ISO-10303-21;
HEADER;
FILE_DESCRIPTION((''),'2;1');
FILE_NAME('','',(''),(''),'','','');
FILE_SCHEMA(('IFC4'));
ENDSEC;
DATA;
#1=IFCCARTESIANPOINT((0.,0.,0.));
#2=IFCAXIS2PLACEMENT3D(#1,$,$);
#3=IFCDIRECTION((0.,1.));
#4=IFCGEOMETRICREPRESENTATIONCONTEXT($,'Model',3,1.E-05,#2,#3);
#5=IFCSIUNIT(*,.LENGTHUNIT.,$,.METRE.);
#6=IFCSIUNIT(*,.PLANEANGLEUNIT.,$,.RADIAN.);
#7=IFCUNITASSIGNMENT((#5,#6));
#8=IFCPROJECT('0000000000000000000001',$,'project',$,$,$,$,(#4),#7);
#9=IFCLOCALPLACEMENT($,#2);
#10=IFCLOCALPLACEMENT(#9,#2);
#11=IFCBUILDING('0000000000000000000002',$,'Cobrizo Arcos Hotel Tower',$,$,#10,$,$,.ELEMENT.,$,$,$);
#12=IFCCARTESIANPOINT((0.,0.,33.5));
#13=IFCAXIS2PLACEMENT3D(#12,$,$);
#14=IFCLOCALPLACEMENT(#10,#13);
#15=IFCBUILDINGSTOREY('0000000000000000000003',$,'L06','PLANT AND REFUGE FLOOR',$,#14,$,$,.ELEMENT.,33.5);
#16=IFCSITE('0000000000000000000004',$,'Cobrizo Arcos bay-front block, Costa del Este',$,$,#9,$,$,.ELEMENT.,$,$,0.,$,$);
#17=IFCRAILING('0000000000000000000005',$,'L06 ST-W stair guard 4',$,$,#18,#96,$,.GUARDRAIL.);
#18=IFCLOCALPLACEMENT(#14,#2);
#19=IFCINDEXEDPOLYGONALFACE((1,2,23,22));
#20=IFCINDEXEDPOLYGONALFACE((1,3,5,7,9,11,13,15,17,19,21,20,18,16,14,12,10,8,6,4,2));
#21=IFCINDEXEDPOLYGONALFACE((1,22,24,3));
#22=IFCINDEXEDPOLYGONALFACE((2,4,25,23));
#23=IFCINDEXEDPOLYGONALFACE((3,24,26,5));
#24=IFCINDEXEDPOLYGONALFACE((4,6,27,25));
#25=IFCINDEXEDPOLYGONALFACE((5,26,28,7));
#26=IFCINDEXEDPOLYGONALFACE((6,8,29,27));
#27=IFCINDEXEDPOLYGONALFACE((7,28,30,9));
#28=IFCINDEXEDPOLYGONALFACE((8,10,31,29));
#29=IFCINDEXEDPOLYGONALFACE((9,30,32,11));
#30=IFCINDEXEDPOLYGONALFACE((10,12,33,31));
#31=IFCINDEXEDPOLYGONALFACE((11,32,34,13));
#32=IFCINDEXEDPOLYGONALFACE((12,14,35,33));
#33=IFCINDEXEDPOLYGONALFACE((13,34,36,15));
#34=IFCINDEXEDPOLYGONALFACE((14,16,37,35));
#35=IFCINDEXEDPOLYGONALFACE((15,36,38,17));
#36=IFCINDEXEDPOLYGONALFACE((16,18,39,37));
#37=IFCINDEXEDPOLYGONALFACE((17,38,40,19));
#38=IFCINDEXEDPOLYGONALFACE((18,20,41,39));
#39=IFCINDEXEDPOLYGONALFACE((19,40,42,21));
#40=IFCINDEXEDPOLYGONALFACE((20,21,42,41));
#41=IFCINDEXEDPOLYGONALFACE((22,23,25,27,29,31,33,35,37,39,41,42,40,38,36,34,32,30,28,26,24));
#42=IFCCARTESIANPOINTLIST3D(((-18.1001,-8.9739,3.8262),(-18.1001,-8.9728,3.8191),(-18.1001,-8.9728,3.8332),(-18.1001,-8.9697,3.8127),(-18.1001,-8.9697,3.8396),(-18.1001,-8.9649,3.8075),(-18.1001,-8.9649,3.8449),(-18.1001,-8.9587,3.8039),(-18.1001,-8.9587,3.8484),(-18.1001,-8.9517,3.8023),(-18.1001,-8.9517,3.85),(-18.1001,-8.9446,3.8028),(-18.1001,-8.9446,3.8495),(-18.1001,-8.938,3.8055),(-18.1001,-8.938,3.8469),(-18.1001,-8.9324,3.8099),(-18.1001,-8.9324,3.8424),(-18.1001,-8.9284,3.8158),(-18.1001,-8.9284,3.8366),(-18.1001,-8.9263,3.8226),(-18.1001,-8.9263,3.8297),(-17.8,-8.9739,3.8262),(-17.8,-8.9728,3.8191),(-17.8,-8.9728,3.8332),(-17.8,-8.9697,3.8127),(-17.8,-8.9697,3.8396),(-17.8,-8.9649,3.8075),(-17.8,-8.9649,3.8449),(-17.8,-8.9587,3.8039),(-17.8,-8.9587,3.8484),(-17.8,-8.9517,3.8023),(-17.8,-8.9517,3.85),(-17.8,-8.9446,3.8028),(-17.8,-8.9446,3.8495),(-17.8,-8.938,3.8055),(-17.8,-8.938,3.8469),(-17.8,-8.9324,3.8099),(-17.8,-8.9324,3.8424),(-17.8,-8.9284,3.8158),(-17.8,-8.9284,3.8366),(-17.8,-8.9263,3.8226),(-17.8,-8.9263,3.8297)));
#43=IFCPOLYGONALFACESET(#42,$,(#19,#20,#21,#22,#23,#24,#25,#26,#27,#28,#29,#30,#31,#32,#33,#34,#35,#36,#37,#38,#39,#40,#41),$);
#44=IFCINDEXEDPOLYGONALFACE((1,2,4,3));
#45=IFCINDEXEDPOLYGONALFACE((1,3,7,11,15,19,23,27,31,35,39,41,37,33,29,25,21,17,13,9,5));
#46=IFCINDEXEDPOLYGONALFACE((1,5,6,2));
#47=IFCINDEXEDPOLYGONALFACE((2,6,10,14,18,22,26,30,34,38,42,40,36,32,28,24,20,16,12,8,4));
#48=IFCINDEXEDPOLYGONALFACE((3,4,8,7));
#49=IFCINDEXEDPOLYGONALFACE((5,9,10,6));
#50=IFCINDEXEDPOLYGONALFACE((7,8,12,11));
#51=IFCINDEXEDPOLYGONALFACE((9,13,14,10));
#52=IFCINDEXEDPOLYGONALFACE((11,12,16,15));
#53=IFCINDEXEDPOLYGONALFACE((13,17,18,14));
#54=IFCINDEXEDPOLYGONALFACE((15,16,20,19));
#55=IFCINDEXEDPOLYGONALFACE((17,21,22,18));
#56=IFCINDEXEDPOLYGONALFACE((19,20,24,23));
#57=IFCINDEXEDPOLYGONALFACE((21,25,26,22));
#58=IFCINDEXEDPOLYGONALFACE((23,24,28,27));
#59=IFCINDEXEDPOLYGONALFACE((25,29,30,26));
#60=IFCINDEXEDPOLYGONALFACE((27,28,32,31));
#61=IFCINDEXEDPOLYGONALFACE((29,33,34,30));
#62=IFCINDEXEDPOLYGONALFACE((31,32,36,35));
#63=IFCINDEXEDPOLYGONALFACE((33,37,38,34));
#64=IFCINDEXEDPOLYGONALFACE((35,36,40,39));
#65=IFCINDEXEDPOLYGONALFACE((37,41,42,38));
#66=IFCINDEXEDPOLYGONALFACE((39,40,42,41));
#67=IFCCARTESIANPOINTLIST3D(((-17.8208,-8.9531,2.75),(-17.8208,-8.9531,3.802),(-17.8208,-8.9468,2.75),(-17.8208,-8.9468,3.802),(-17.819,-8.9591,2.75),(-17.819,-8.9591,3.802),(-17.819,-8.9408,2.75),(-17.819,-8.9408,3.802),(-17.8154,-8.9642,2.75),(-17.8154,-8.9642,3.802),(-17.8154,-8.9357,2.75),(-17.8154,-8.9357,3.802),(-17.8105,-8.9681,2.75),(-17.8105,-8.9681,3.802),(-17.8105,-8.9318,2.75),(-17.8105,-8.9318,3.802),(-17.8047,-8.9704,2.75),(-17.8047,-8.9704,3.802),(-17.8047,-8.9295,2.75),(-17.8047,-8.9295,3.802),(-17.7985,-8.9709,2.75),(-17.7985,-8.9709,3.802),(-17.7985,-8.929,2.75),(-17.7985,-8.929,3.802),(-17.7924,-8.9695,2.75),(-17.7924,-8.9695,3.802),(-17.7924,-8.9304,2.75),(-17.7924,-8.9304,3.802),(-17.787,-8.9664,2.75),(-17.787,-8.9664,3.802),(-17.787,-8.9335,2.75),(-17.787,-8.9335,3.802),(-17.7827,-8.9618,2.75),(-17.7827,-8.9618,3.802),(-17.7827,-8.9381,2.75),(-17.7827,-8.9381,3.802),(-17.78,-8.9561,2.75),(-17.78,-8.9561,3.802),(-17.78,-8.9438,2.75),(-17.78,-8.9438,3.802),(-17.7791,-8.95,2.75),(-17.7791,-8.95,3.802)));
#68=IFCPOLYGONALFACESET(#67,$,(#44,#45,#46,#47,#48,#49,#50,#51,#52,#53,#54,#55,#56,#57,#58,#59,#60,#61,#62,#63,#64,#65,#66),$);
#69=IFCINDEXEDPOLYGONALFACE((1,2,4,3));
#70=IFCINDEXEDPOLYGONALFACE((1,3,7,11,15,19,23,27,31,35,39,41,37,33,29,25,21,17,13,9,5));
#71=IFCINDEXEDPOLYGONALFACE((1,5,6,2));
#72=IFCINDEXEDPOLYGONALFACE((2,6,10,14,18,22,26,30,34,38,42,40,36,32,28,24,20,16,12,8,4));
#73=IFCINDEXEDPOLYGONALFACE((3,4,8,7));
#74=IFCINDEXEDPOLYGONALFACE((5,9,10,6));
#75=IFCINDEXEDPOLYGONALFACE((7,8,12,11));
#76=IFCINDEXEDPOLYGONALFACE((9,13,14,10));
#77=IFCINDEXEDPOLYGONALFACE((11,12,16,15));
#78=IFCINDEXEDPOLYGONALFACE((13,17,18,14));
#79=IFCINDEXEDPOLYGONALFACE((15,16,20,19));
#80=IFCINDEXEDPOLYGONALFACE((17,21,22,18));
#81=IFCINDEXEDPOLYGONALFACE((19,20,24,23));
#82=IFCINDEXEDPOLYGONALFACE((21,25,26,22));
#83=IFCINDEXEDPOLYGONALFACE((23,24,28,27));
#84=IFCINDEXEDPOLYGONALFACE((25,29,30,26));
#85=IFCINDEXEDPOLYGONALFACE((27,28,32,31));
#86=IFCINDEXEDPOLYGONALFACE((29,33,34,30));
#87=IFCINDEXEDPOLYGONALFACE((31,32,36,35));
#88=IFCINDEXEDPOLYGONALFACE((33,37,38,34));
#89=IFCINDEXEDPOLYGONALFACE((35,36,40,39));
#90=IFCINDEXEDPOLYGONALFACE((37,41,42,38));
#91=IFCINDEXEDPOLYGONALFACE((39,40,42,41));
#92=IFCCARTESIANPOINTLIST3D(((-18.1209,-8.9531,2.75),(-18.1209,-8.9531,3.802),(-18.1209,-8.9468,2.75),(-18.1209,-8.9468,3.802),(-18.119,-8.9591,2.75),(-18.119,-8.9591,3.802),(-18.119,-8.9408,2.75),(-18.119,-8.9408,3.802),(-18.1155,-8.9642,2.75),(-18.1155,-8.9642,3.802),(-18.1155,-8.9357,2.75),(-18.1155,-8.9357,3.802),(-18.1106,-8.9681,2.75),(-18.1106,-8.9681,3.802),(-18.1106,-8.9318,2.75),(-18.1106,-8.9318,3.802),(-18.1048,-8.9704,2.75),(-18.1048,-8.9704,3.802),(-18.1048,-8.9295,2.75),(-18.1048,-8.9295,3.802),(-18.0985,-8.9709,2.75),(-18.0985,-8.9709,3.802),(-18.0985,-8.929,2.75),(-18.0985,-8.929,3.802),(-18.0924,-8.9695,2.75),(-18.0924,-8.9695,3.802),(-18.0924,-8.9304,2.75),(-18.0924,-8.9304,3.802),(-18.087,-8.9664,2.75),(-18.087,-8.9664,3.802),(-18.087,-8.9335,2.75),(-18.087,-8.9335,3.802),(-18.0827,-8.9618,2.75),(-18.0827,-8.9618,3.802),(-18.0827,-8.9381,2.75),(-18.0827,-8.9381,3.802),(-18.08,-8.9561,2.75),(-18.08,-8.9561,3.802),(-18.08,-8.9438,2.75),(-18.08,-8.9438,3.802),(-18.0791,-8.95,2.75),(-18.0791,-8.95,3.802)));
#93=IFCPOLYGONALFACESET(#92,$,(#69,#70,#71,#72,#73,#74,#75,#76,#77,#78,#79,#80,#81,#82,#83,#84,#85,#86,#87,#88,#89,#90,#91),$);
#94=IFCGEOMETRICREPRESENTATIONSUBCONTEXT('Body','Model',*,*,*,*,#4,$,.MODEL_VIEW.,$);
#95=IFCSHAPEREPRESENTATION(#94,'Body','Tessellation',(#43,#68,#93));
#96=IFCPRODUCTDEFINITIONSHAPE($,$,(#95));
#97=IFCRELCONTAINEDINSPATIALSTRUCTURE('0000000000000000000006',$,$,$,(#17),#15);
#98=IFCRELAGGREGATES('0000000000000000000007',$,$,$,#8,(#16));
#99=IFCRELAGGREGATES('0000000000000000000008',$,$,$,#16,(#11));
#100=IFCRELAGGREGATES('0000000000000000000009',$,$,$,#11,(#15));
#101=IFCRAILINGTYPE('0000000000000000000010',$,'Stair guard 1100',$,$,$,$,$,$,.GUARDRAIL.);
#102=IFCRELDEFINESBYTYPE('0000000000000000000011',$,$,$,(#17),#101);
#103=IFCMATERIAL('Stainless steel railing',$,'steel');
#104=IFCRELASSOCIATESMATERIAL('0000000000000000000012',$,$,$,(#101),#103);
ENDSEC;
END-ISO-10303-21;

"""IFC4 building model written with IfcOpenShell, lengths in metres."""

from ifc_helpers import new_model, si_unit, direction, frame, origin, origin_2d, place, context, subcontext, project, spatial, circle, extrude, material, type_object, element, save


model = new_model("IFC4")

# Units and contexts
model_context = context("Model", 3, precision=1e-05, world=origin(), true_north=direction((0.0, 1.0)))
body_context = subcontext(model_context, "Body", "Model", "MODEL_VIEW")
ifc_project = project(units=[si_unit("LENGTHUNIT", "METRE"), si_unit("PLANEANGLEUNIT", "RADIAN")], contexts=[model_context])

# Site, building, storey
site_placement = place(None, origin())
site = spatial("IfcSite", under=ifc_project, at=site_placement, Name="Cobrizo Arcos bay-front block, Costa del Este", CompositionType="ELEMENT", RefElevation=0.0)
building_placement = place(site_placement, origin())
building = spatial("IfcBuilding", under=site, at=building_placement, Name="Cobrizo Arcos Hotel Tower", CompositionType="ELEMENT")
storey_placement = place(building_placement, frame((0.0, 0.0, 33.5)))
storey = spatial("IfcBuildingStorey", under=building, at=storey_placement, Name="L06", Description="PLANT AND REFUGE FLOOR", CompositionType="ELEMENT", Elevation=33.5)

# Railing
ifc_material_1 = material(Name="Stainless steel railing", Category="steel")
railing_type_1 = type_object("IfcRailingType", Name="Stair guard 1100", PredefinedType="GUARDRAIL", material=ifc_material_1)
railing_1_placement = place(storey_placement, frame((-17.8, -8.95, 2.75)))
element("IfcRailing", 1, at=railing_1_placement, inside=storey, type_object=railing_type_1, Name="L06 ST-W stair guard 4", PredefinedType="GUARDRAIL", context=body_context, shape_type="SweptSolid", body=[
    extrude(circle(Radius=0.0239, at=origin_2d()), frame((0.0, 0.0, 1.0762), z_axis=(-1.0, 0.0, 0.0), x_axis=(0.0, -1.0, 0.0)), (0.0, 0.0, 1.0), 0.3),
    extrude(circle(Radius=0.021, at=origin_2d()), origin(), (0.0, 0.0, 1.0), 1.052),
    extrude(circle(Radius=0.021, at=origin_2d()), frame((-0.3, 0.0, 0.0)), (0.0, 0.0, 1.0), 1.052),
])

save(model, "model.ifc")
